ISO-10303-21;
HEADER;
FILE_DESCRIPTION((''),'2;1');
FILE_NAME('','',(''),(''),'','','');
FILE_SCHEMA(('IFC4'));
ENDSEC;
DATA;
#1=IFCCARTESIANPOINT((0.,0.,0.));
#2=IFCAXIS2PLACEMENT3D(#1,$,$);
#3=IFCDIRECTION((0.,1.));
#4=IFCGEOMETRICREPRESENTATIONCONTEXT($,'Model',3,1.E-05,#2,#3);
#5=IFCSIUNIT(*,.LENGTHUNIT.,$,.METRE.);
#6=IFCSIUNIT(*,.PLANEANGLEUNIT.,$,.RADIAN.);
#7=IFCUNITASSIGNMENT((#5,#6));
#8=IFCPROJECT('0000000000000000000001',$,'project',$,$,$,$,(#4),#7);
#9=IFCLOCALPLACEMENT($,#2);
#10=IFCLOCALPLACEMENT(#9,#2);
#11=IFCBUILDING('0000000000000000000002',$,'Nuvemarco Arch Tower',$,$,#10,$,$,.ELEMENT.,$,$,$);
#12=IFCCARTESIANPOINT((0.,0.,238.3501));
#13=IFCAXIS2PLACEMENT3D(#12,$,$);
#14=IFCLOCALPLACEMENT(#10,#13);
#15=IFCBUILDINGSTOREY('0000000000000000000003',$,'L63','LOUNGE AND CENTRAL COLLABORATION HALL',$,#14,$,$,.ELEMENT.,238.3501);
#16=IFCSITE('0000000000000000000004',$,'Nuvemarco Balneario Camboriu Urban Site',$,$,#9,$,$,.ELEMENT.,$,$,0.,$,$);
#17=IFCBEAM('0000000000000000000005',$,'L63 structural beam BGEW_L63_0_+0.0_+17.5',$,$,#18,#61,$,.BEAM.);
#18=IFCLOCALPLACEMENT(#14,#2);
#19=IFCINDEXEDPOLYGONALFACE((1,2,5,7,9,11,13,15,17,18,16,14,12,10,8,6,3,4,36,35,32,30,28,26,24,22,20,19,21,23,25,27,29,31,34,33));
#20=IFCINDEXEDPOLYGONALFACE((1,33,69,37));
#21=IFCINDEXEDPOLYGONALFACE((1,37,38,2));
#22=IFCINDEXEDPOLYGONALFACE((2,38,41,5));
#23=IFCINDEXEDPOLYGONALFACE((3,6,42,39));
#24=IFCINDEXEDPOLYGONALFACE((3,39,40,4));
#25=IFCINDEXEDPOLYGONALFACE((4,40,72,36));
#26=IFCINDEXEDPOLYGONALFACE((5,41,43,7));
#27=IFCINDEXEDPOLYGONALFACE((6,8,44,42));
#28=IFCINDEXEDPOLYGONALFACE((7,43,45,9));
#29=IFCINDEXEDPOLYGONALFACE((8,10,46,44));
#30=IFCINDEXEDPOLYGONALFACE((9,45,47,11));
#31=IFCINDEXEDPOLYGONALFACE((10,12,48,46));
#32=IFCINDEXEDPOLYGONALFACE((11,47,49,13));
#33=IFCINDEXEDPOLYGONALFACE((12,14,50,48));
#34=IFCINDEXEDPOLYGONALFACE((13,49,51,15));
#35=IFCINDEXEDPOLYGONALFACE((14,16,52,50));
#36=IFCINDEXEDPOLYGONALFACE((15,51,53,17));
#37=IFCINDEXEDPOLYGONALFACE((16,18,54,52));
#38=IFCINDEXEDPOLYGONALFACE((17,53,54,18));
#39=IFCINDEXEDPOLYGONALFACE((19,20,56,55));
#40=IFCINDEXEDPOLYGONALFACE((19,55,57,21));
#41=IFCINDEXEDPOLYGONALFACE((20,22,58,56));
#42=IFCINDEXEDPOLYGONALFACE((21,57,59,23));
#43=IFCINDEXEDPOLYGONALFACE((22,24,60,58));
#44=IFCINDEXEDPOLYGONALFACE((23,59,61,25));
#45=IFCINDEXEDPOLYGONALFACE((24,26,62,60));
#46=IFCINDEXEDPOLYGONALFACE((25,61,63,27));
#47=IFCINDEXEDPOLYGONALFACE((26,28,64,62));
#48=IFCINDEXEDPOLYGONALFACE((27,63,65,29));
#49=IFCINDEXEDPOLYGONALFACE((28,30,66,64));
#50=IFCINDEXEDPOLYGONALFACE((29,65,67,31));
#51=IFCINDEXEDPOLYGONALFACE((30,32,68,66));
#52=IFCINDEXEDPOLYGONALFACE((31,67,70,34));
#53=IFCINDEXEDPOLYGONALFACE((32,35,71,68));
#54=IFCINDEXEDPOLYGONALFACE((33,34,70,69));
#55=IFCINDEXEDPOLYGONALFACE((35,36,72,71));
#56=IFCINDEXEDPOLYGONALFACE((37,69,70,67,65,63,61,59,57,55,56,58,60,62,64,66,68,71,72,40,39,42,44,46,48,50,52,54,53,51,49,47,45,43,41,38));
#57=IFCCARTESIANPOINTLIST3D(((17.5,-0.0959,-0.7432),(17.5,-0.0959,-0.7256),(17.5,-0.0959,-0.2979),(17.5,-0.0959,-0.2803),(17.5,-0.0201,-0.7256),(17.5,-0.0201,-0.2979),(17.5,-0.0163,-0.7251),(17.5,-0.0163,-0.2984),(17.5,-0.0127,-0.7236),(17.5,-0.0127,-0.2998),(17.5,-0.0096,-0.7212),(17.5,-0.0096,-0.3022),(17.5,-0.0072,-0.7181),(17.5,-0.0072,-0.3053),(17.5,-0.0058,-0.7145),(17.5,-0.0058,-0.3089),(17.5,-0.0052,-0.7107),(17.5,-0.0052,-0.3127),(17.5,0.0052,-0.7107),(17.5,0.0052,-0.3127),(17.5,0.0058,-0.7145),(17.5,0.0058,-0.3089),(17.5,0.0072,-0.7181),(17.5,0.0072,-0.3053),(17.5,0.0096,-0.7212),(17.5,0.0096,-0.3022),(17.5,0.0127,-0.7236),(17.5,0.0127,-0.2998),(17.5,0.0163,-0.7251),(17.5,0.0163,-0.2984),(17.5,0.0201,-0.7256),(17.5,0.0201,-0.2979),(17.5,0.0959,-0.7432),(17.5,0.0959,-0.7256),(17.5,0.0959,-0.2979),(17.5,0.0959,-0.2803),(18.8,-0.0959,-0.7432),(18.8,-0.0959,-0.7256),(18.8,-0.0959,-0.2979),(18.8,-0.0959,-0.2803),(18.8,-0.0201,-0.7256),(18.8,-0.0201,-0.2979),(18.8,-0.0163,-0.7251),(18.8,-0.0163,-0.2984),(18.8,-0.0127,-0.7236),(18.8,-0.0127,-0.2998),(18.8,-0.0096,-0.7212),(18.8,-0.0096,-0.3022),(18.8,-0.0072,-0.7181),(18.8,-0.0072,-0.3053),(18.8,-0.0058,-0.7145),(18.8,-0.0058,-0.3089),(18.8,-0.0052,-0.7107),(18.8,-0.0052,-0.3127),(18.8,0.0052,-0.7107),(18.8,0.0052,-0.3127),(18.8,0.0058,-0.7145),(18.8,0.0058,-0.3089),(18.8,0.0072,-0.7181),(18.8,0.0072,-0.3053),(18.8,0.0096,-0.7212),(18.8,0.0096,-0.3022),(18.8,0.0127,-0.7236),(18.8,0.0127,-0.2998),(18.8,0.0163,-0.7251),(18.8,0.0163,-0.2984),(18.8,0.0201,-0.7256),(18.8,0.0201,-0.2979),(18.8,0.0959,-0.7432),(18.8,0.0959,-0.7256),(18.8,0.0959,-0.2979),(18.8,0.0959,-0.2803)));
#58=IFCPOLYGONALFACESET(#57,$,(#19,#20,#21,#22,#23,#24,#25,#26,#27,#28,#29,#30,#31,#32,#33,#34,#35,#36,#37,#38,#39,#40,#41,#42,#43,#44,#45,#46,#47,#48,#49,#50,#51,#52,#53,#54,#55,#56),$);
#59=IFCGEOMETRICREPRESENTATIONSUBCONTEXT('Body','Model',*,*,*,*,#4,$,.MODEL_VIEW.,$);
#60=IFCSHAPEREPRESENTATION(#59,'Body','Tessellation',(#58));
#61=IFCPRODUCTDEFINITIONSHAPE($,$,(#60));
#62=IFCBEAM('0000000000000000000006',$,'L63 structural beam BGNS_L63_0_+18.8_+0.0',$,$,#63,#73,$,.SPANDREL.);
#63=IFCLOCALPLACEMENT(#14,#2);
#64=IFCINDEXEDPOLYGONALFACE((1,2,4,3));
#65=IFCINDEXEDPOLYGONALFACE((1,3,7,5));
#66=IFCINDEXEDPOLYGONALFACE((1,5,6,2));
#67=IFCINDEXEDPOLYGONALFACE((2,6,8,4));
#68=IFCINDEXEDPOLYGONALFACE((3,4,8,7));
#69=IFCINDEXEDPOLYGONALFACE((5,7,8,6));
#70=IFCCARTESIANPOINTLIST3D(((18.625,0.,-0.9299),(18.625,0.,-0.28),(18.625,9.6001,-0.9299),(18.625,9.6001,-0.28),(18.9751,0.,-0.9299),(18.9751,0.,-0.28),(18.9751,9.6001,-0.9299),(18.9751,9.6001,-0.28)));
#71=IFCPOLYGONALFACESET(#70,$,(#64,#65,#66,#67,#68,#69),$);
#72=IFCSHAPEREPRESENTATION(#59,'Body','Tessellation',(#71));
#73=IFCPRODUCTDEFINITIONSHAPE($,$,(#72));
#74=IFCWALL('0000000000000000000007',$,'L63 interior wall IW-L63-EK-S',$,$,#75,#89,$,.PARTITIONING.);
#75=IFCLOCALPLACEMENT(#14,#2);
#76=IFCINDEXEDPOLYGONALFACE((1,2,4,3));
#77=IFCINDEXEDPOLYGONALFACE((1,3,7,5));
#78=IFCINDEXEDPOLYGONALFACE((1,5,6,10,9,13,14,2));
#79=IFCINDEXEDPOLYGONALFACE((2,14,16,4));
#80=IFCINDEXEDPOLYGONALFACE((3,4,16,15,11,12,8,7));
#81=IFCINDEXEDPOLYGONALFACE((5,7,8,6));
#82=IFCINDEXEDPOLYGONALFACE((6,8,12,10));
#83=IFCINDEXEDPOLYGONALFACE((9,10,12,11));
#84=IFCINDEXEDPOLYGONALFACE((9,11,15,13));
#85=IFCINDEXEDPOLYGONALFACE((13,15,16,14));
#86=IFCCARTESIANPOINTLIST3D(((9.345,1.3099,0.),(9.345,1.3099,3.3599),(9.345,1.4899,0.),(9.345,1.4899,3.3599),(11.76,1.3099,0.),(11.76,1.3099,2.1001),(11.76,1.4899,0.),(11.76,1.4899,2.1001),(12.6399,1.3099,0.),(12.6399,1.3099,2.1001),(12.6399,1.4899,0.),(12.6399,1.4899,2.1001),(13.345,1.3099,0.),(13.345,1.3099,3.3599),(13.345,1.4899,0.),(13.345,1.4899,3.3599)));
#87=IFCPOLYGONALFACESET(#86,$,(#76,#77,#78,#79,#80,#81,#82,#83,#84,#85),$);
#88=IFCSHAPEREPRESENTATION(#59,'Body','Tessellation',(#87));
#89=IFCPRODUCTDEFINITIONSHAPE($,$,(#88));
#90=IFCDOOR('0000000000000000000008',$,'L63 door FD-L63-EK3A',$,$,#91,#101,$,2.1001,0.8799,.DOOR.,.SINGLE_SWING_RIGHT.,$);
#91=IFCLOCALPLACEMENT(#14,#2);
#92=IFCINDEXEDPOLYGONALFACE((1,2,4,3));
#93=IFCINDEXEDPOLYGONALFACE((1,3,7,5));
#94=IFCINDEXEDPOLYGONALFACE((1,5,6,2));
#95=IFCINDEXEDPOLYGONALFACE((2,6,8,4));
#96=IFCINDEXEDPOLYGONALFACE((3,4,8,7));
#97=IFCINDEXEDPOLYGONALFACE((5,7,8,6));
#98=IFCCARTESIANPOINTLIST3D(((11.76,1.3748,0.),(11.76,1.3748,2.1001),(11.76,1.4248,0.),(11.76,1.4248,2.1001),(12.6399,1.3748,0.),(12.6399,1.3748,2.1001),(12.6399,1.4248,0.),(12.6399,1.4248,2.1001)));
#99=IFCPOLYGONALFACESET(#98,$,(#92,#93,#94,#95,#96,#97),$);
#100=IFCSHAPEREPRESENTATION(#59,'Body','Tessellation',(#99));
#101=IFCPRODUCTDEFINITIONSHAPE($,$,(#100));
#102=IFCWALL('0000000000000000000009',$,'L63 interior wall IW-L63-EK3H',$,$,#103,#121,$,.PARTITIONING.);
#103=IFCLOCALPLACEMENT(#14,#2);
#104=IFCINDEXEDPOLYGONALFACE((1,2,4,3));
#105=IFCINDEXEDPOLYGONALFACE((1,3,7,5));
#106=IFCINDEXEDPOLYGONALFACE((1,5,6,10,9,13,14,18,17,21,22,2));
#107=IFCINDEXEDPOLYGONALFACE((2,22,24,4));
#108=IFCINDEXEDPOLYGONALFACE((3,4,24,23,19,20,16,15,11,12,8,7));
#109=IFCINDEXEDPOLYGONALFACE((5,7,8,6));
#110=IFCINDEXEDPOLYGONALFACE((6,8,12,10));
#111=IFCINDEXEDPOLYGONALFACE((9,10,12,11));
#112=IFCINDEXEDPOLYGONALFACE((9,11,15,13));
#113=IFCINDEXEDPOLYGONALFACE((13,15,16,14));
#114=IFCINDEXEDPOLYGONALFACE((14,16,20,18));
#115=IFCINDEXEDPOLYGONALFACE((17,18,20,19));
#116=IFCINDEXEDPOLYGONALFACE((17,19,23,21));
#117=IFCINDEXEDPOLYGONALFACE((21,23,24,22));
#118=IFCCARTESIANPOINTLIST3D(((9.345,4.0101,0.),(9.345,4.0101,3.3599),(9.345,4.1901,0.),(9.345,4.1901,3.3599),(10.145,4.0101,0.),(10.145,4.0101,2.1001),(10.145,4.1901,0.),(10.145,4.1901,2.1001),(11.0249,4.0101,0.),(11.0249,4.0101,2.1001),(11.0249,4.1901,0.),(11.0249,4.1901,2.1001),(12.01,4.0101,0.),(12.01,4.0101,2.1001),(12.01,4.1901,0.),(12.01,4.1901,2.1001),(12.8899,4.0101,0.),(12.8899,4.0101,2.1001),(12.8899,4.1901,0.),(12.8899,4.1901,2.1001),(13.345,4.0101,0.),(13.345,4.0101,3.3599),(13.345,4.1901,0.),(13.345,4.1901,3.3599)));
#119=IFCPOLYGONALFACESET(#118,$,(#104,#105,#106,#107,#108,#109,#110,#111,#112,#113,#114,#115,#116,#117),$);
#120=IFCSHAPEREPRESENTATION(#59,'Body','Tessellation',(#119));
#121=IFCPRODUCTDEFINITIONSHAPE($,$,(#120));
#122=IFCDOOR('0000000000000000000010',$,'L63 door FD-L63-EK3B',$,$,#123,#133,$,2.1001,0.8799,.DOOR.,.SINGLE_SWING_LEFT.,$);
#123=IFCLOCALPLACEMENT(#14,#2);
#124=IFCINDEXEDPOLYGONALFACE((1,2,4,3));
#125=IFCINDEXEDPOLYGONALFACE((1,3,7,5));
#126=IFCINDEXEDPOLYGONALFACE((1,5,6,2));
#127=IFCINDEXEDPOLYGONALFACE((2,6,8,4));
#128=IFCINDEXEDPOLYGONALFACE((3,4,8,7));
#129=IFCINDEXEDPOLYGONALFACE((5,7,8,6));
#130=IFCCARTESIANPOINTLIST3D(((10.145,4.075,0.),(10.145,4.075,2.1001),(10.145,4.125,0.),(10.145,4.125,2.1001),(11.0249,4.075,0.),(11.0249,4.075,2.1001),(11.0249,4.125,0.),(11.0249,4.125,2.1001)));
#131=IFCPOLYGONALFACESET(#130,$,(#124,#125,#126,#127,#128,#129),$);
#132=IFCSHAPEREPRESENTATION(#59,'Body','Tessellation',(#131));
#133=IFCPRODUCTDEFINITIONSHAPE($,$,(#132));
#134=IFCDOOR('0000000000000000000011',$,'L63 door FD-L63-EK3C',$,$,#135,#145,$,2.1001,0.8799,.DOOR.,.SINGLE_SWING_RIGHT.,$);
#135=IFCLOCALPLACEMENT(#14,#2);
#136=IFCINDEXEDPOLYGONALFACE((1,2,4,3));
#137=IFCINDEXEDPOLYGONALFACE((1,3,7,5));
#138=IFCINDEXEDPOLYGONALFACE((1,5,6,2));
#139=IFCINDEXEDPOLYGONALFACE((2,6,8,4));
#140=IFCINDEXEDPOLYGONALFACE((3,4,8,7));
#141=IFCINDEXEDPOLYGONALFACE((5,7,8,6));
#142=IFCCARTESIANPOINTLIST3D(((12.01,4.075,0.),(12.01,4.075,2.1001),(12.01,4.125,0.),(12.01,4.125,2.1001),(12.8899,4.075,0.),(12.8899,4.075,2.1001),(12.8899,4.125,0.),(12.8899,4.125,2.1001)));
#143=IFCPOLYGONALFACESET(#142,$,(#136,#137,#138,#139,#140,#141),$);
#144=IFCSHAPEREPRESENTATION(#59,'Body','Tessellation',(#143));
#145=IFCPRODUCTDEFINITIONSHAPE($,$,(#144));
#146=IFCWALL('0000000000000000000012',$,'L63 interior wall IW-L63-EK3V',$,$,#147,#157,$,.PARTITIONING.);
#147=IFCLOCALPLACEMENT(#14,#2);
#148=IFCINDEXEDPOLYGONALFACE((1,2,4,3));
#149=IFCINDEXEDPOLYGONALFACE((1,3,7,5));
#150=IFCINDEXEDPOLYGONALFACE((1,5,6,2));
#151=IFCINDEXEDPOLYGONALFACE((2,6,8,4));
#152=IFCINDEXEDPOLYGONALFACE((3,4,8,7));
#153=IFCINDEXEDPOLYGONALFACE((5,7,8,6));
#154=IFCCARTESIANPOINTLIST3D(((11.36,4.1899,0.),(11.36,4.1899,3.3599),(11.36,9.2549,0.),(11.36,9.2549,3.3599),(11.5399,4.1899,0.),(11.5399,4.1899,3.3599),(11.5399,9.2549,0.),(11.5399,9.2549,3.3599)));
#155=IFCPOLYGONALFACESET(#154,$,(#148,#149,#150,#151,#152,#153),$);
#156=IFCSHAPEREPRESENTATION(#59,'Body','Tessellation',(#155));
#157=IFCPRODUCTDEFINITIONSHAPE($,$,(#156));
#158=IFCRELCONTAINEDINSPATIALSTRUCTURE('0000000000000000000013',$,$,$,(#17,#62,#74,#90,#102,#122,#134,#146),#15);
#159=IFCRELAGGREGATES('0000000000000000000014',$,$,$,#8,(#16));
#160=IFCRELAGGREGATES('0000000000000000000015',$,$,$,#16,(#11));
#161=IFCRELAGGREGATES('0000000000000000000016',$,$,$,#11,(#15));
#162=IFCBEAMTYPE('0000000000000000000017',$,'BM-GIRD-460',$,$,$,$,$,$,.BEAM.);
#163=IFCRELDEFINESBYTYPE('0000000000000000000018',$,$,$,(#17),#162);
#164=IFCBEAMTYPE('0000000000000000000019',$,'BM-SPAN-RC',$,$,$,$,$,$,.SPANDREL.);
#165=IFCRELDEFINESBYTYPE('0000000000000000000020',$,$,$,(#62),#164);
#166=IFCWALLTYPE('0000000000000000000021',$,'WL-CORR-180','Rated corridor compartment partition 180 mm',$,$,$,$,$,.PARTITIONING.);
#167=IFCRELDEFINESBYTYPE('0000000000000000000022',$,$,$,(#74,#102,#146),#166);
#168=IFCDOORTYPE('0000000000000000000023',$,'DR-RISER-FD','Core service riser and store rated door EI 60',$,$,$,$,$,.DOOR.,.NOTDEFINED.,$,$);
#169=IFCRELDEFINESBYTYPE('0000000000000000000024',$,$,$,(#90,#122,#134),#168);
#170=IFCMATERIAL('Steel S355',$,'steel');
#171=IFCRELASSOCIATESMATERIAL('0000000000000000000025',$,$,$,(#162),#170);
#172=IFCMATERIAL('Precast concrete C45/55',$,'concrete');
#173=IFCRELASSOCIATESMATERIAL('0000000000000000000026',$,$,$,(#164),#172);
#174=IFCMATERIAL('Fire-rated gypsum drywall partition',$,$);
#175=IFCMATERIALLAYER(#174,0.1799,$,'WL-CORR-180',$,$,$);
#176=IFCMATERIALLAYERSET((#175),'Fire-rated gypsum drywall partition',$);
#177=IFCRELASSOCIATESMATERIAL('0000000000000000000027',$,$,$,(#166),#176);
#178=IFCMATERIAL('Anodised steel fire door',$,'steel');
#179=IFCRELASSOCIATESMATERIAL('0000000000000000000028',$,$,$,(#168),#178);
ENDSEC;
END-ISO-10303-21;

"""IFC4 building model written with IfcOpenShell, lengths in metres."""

from ifc_helpers import new_model, si_unit, direction, frame, frame_2d, origin, origin_2d, place, context, subcontext, project, spatial, rectangle, i_section, extrude, source, transform, mapped, material, layer, layer_set, material_profile, profile_set, type_object, type_shapes, element, fill, save


model = new_model("IFC4")

# Units and contexts
model_context = context("Model", 3, precision=1e-05, world=origin(), true_north=direction((0.0, 1.0)))
body_context = subcontext(model_context, "Body", "Model", "MODEL_VIEW")
ifc_project = project(units=[si_unit("LENGTHUNIT", "METRE"), si_unit("PLANEANGLEUNIT", "RADIAN")], contexts=[model_context])

# Site, building, storey
site_placement = place(None, origin())
site = spatial("IfcSite", under=ifc_project, at=site_placement, Name="Nuvemarco Balneario Camboriu Urban Site", CompositionType="ELEMENT", RefElevation=0.0)
building_placement = place(site_placement, origin())
building = spatial("IfcBuilding", under=site, at=building_placement, Name="Nuvemarco Arch Tower", CompositionType="ELEMENT")
storey_placement = place(building_placement, frame((0.0, 0.0, 238.3501)))
storey = spatial("IfcBuildingStorey", under=building, at=storey_placement, Name="L63", Description="LOUNGE AND CENTRAL COLLABORATION HALL", CompositionType="ELEMENT", Elevation=238.3501)

# Shared definitions
ifc_material_1 = material(Name="Steel S355", Category="steel")

# Beams
ifc_material_profile_1 = material_profile(ifc_material_1, i_section(OverallWidth=0.1919, OverallDepth=0.4629, WebThickness=0.0105, FlangeThickness=0.0176, FilletRadius=0.0149, at=origin_2d()), Name="W460x89")
ifc_profile_set_1 = profile_set([ifc_material_profile_1], Name="Steel S355")
beam_type_1 = type_object("IfcBeamType", Name="BM-GIRD-460", PredefinedType="BEAM", material=ifc_profile_set_1)
beam_1_placement = place(storey_placement, frame((17.5, 0.0, -0.5117), z_axis=(1.0, 0.0, 0.0), x_axis=(0.0, 1.0, 0.0)))
element("IfcBeam", 1, at=beam_1_placement, inside=storey, type_object=beam_type_1, Name="L63 structural beam BGEW_L63_0_+0.0_+17.5", PredefinedType="BEAM", context=body_context, shape_type="SweptSolid", body=[
    extrude(i_section(OverallWidth=0.1919, OverallDepth=0.4629, WebThickness=0.0105, FlangeThickness=0.0176, FilletRadius=0.0149, at=origin_2d()), origin(), (0.0, 0.0, 1.0), 1.3),
])
ifc_material_2 = material(Name="Precast concrete C45/55", Category="concrete")
ifc_material_profile_2 = material_profile(ifc_material_2, rectangle(XDim=0.3501, YDim=0.6499, at=origin_2d()), Name="PC-SP-350x650")
ifc_profile_set_2 = profile_set([ifc_material_profile_2], Name="Precast concrete C45/55")
beam_type_2 = type_object("IfcBeamType", Name="BM-SPAN-RC", PredefinedType="SPANDREL", material=ifc_profile_set_2)
beam_2_placement = place(storey_placement, frame((18.8, 0.0, -0.605), z_axis=(0.0, 1.0, 0.0), x_axis=(-1.0, 0.0, 0.0)))
element("IfcBeam", 2, at=beam_2_placement, inside=storey, type_object=beam_type_2, Name="L63 structural beam BGNS_L63_0_+18.8_+0.0", PredefinedType="SPANDREL", context=body_context, shape_type="SweptSolid", body=[
    extrude(rectangle(XDim=0.3501, YDim=0.6499, at=origin_2d()), origin(), (0.0, 0.0, 1.0), 9.6001),
])

# Wall, opening, door
ifc_material_3 = material(Name="Fire-rated gypsum drywall partition")
ifc_layer_1 = layer(ifc_material_3, 0.1799, Name="WL-CORR-180")
ifc_layer_set_1 = layer_set([ifc_layer_1], Name="Fire-rated gypsum drywall partition")
wall_type_1 = type_object("IfcWallType", Name="WL-CORR-180", Description="Rated corridor compartment partition 180 mm", PredefinedType="PARTITIONING", material=ifc_layer_set_1)
wall_1_placement = place(storey_placement, frame((9.345, 1.3999, 0.0), z_axis=(0.0, 0.0, 1.0), x_axis=(1.0, 0.0, 0.0)))
wall_1 = element("IfcWall", 3, at=wall_1_placement, inside=storey, type_object=wall_type_1, Name="L63 interior wall IW-L63-EK-S", PredefinedType="PARTITIONING", context=body_context, shape_type="SweptSolid", body=[
    extrude(rectangle(XDim=4.0, YDim=0.1799, at=frame_2d((2.0, 0.0))), origin(), (0.0, 0.0, 1.0), 3.3599),
])
opening_1_placement = place(wall_1_placement, frame((2.415, 0.0, 0.0)))
opening_1 = element("IfcOpeningElement", 4, at=opening_1_placement, cuts=wall_1, PredefinedType="OPENING", context=body_context, shape_type="SweptSolid", body=[
    extrude(rectangle(XDim=0.8799, YDim=2.1001, at=frame_2d((0.4399, 1.05))), frame((0.0, 0.0999, 0.0), z_axis=(0.0, -1.0, 0.0), x_axis=(1.0, 0.0, 0.0)), (0.0, 0.0, 1.0), 0.2),
])
ifc_material_4 = material(Name="Anodised steel fire door", Category="steel")
door_type_1 = type_object("IfcDoorType", Name="DR-RISER-FD", Description="Core service riser and store rated door EI 60", OperationType="NOTDEFINED", PredefinedType="DOOR", material=ifc_material_4)
shared_shape_1 = source(origin(), body_context, "Body", "SweptSolid", [
    extrude(rectangle(XDim=0.8799, YDim=2.1001, at=frame_2d((0.4399, 1.05))), frame((0.0, 0.0249, 0.0), z_axis=(0.0, -1.0, 0.0), x_axis=(1.0, 0.0, 0.0)), (0.0, 0.0, 1.0), 0.05),
])
type_shapes(door_type_1, [shared_shape_1])
door_1_placement = place(opening_1_placement, origin())
door_1 = element("IfcDoor", 5, at=door_1_placement, inside=storey, type_object=door_type_1, Name="L63 door FD-L63-EK3A", OperationType="SINGLE_SWING_RIGHT", OverallHeight=2.1001, OverallWidth=0.8799, PredefinedType="DOOR", context=body_context, shape_type="MappedRepresentation", body=[
    mapped(shared_shape_1, transform((0.0, 0.0, 0.0), scale=1.0)),
])
fill(opening_1, door_1)

# Wall, openings, doors
wall_2_placement = place(storey_placement, frame((9.345, 4.1001, 0.0), z_axis=(0.0, 0.0, 1.0), x_axis=(1.0, 0.0, 0.0)))
wall_2 = element("IfcWall", 6, at=wall_2_placement, inside=storey, type_object=wall_type_1, Name="L63 interior wall IW-L63-EK3H", PredefinedType="PARTITIONING", context=body_context, shape_type="SweptSolid", body=[
    extrude(rectangle(XDim=4.0, YDim=0.1799, at=frame_2d((2.0, 0.0))), origin(), (0.0, 0.0, 1.0), 3.3599),
])
opening_2_placement = place(wall_2_placement, frame((0.8, 0.0, 0.0)))
opening_2 = element("IfcOpeningElement", 7, at=opening_2_placement, cuts=wall_2, PredefinedType="OPENING", context=body_context, shape_type="SweptSolid", body=[
    extrude(rectangle(XDim=0.8799, YDim=2.1001, at=frame_2d((0.4399, 1.05))), frame((0.0, 0.0999, 0.0), z_axis=(0.0, -1.0, 0.0), x_axis=(1.0, 0.0, 0.0)), (0.0, 0.0, 1.0), 0.2),
])
opening_3_placement = place(wall_2_placement, frame((2.665, 0.0, 0.0)))
opening_3 = element("IfcOpeningElement", 8, at=opening_3_placement, cuts=wall_2, PredefinedType="OPENING", context=body_context, shape_type="SweptSolid", body=[
    extrude(rectangle(XDim=0.8799, YDim=2.1001, at=frame_2d((0.4399, 1.05))), frame((0.0, 0.0999, 0.0), z_axis=(0.0, -1.0, 0.0), x_axis=(1.0, 0.0, 0.0)), (0.0, 0.0, 1.0), 0.2),
])
door_2_placement = place(opening_2_placement, origin())
door_2 = element("IfcDoor", 9, at=door_2_placement, inside=storey, type_object=door_type_1, Name="L63 door FD-L63-EK3B", OperationType="SINGLE_SWING_LEFT", OverallHeight=2.1001, OverallWidth=0.8799, PredefinedType="DOOR", context=body_context, shape_type="MappedRepresentation", body=[
    mapped(shared_shape_1, transform((0.0, 0.0, 0.0), scale=1.0)),
])
fill(opening_2, door_2)
door_3_placement = place(opening_3_placement, origin())
door_3 = element("IfcDoor", 10, at=door_3_placement, inside=storey, type_object=door_type_1, Name="L63 door FD-L63-EK3C", OperationType="SINGLE_SWING_RIGHT", OverallHeight=2.1001, OverallWidth=0.8799, PredefinedType="DOOR", context=body_context, shape_type="MappedRepresentation", body=[
    mapped(shared_shape_1, transform((0.0, 0.0, 0.0), scale=1.0)),
])
fill(opening_3, door_3)

# Wall
wall_3_placement = place(storey_placement, frame((11.45, 4.1899, 0.0), z_axis=(0.0, 0.0, 1.0), x_axis=(0.0, 1.0, 0.0)))
element("IfcWall", 11, at=wall_3_placement, inside=storey, type_object=wall_type_1, Name="L63 interior wall IW-L63-EK3V", PredefinedType="PARTITIONING", context=body_context, shape_type="SweptSolid", body=[
    extrude(rectangle(XDim=5.0649, YDim=0.1799, at=frame_2d((2.5325, 0.0))), origin(), (0.0, 0.0, 1.0), 3.3599),
])

save(model, "model.ifc")
